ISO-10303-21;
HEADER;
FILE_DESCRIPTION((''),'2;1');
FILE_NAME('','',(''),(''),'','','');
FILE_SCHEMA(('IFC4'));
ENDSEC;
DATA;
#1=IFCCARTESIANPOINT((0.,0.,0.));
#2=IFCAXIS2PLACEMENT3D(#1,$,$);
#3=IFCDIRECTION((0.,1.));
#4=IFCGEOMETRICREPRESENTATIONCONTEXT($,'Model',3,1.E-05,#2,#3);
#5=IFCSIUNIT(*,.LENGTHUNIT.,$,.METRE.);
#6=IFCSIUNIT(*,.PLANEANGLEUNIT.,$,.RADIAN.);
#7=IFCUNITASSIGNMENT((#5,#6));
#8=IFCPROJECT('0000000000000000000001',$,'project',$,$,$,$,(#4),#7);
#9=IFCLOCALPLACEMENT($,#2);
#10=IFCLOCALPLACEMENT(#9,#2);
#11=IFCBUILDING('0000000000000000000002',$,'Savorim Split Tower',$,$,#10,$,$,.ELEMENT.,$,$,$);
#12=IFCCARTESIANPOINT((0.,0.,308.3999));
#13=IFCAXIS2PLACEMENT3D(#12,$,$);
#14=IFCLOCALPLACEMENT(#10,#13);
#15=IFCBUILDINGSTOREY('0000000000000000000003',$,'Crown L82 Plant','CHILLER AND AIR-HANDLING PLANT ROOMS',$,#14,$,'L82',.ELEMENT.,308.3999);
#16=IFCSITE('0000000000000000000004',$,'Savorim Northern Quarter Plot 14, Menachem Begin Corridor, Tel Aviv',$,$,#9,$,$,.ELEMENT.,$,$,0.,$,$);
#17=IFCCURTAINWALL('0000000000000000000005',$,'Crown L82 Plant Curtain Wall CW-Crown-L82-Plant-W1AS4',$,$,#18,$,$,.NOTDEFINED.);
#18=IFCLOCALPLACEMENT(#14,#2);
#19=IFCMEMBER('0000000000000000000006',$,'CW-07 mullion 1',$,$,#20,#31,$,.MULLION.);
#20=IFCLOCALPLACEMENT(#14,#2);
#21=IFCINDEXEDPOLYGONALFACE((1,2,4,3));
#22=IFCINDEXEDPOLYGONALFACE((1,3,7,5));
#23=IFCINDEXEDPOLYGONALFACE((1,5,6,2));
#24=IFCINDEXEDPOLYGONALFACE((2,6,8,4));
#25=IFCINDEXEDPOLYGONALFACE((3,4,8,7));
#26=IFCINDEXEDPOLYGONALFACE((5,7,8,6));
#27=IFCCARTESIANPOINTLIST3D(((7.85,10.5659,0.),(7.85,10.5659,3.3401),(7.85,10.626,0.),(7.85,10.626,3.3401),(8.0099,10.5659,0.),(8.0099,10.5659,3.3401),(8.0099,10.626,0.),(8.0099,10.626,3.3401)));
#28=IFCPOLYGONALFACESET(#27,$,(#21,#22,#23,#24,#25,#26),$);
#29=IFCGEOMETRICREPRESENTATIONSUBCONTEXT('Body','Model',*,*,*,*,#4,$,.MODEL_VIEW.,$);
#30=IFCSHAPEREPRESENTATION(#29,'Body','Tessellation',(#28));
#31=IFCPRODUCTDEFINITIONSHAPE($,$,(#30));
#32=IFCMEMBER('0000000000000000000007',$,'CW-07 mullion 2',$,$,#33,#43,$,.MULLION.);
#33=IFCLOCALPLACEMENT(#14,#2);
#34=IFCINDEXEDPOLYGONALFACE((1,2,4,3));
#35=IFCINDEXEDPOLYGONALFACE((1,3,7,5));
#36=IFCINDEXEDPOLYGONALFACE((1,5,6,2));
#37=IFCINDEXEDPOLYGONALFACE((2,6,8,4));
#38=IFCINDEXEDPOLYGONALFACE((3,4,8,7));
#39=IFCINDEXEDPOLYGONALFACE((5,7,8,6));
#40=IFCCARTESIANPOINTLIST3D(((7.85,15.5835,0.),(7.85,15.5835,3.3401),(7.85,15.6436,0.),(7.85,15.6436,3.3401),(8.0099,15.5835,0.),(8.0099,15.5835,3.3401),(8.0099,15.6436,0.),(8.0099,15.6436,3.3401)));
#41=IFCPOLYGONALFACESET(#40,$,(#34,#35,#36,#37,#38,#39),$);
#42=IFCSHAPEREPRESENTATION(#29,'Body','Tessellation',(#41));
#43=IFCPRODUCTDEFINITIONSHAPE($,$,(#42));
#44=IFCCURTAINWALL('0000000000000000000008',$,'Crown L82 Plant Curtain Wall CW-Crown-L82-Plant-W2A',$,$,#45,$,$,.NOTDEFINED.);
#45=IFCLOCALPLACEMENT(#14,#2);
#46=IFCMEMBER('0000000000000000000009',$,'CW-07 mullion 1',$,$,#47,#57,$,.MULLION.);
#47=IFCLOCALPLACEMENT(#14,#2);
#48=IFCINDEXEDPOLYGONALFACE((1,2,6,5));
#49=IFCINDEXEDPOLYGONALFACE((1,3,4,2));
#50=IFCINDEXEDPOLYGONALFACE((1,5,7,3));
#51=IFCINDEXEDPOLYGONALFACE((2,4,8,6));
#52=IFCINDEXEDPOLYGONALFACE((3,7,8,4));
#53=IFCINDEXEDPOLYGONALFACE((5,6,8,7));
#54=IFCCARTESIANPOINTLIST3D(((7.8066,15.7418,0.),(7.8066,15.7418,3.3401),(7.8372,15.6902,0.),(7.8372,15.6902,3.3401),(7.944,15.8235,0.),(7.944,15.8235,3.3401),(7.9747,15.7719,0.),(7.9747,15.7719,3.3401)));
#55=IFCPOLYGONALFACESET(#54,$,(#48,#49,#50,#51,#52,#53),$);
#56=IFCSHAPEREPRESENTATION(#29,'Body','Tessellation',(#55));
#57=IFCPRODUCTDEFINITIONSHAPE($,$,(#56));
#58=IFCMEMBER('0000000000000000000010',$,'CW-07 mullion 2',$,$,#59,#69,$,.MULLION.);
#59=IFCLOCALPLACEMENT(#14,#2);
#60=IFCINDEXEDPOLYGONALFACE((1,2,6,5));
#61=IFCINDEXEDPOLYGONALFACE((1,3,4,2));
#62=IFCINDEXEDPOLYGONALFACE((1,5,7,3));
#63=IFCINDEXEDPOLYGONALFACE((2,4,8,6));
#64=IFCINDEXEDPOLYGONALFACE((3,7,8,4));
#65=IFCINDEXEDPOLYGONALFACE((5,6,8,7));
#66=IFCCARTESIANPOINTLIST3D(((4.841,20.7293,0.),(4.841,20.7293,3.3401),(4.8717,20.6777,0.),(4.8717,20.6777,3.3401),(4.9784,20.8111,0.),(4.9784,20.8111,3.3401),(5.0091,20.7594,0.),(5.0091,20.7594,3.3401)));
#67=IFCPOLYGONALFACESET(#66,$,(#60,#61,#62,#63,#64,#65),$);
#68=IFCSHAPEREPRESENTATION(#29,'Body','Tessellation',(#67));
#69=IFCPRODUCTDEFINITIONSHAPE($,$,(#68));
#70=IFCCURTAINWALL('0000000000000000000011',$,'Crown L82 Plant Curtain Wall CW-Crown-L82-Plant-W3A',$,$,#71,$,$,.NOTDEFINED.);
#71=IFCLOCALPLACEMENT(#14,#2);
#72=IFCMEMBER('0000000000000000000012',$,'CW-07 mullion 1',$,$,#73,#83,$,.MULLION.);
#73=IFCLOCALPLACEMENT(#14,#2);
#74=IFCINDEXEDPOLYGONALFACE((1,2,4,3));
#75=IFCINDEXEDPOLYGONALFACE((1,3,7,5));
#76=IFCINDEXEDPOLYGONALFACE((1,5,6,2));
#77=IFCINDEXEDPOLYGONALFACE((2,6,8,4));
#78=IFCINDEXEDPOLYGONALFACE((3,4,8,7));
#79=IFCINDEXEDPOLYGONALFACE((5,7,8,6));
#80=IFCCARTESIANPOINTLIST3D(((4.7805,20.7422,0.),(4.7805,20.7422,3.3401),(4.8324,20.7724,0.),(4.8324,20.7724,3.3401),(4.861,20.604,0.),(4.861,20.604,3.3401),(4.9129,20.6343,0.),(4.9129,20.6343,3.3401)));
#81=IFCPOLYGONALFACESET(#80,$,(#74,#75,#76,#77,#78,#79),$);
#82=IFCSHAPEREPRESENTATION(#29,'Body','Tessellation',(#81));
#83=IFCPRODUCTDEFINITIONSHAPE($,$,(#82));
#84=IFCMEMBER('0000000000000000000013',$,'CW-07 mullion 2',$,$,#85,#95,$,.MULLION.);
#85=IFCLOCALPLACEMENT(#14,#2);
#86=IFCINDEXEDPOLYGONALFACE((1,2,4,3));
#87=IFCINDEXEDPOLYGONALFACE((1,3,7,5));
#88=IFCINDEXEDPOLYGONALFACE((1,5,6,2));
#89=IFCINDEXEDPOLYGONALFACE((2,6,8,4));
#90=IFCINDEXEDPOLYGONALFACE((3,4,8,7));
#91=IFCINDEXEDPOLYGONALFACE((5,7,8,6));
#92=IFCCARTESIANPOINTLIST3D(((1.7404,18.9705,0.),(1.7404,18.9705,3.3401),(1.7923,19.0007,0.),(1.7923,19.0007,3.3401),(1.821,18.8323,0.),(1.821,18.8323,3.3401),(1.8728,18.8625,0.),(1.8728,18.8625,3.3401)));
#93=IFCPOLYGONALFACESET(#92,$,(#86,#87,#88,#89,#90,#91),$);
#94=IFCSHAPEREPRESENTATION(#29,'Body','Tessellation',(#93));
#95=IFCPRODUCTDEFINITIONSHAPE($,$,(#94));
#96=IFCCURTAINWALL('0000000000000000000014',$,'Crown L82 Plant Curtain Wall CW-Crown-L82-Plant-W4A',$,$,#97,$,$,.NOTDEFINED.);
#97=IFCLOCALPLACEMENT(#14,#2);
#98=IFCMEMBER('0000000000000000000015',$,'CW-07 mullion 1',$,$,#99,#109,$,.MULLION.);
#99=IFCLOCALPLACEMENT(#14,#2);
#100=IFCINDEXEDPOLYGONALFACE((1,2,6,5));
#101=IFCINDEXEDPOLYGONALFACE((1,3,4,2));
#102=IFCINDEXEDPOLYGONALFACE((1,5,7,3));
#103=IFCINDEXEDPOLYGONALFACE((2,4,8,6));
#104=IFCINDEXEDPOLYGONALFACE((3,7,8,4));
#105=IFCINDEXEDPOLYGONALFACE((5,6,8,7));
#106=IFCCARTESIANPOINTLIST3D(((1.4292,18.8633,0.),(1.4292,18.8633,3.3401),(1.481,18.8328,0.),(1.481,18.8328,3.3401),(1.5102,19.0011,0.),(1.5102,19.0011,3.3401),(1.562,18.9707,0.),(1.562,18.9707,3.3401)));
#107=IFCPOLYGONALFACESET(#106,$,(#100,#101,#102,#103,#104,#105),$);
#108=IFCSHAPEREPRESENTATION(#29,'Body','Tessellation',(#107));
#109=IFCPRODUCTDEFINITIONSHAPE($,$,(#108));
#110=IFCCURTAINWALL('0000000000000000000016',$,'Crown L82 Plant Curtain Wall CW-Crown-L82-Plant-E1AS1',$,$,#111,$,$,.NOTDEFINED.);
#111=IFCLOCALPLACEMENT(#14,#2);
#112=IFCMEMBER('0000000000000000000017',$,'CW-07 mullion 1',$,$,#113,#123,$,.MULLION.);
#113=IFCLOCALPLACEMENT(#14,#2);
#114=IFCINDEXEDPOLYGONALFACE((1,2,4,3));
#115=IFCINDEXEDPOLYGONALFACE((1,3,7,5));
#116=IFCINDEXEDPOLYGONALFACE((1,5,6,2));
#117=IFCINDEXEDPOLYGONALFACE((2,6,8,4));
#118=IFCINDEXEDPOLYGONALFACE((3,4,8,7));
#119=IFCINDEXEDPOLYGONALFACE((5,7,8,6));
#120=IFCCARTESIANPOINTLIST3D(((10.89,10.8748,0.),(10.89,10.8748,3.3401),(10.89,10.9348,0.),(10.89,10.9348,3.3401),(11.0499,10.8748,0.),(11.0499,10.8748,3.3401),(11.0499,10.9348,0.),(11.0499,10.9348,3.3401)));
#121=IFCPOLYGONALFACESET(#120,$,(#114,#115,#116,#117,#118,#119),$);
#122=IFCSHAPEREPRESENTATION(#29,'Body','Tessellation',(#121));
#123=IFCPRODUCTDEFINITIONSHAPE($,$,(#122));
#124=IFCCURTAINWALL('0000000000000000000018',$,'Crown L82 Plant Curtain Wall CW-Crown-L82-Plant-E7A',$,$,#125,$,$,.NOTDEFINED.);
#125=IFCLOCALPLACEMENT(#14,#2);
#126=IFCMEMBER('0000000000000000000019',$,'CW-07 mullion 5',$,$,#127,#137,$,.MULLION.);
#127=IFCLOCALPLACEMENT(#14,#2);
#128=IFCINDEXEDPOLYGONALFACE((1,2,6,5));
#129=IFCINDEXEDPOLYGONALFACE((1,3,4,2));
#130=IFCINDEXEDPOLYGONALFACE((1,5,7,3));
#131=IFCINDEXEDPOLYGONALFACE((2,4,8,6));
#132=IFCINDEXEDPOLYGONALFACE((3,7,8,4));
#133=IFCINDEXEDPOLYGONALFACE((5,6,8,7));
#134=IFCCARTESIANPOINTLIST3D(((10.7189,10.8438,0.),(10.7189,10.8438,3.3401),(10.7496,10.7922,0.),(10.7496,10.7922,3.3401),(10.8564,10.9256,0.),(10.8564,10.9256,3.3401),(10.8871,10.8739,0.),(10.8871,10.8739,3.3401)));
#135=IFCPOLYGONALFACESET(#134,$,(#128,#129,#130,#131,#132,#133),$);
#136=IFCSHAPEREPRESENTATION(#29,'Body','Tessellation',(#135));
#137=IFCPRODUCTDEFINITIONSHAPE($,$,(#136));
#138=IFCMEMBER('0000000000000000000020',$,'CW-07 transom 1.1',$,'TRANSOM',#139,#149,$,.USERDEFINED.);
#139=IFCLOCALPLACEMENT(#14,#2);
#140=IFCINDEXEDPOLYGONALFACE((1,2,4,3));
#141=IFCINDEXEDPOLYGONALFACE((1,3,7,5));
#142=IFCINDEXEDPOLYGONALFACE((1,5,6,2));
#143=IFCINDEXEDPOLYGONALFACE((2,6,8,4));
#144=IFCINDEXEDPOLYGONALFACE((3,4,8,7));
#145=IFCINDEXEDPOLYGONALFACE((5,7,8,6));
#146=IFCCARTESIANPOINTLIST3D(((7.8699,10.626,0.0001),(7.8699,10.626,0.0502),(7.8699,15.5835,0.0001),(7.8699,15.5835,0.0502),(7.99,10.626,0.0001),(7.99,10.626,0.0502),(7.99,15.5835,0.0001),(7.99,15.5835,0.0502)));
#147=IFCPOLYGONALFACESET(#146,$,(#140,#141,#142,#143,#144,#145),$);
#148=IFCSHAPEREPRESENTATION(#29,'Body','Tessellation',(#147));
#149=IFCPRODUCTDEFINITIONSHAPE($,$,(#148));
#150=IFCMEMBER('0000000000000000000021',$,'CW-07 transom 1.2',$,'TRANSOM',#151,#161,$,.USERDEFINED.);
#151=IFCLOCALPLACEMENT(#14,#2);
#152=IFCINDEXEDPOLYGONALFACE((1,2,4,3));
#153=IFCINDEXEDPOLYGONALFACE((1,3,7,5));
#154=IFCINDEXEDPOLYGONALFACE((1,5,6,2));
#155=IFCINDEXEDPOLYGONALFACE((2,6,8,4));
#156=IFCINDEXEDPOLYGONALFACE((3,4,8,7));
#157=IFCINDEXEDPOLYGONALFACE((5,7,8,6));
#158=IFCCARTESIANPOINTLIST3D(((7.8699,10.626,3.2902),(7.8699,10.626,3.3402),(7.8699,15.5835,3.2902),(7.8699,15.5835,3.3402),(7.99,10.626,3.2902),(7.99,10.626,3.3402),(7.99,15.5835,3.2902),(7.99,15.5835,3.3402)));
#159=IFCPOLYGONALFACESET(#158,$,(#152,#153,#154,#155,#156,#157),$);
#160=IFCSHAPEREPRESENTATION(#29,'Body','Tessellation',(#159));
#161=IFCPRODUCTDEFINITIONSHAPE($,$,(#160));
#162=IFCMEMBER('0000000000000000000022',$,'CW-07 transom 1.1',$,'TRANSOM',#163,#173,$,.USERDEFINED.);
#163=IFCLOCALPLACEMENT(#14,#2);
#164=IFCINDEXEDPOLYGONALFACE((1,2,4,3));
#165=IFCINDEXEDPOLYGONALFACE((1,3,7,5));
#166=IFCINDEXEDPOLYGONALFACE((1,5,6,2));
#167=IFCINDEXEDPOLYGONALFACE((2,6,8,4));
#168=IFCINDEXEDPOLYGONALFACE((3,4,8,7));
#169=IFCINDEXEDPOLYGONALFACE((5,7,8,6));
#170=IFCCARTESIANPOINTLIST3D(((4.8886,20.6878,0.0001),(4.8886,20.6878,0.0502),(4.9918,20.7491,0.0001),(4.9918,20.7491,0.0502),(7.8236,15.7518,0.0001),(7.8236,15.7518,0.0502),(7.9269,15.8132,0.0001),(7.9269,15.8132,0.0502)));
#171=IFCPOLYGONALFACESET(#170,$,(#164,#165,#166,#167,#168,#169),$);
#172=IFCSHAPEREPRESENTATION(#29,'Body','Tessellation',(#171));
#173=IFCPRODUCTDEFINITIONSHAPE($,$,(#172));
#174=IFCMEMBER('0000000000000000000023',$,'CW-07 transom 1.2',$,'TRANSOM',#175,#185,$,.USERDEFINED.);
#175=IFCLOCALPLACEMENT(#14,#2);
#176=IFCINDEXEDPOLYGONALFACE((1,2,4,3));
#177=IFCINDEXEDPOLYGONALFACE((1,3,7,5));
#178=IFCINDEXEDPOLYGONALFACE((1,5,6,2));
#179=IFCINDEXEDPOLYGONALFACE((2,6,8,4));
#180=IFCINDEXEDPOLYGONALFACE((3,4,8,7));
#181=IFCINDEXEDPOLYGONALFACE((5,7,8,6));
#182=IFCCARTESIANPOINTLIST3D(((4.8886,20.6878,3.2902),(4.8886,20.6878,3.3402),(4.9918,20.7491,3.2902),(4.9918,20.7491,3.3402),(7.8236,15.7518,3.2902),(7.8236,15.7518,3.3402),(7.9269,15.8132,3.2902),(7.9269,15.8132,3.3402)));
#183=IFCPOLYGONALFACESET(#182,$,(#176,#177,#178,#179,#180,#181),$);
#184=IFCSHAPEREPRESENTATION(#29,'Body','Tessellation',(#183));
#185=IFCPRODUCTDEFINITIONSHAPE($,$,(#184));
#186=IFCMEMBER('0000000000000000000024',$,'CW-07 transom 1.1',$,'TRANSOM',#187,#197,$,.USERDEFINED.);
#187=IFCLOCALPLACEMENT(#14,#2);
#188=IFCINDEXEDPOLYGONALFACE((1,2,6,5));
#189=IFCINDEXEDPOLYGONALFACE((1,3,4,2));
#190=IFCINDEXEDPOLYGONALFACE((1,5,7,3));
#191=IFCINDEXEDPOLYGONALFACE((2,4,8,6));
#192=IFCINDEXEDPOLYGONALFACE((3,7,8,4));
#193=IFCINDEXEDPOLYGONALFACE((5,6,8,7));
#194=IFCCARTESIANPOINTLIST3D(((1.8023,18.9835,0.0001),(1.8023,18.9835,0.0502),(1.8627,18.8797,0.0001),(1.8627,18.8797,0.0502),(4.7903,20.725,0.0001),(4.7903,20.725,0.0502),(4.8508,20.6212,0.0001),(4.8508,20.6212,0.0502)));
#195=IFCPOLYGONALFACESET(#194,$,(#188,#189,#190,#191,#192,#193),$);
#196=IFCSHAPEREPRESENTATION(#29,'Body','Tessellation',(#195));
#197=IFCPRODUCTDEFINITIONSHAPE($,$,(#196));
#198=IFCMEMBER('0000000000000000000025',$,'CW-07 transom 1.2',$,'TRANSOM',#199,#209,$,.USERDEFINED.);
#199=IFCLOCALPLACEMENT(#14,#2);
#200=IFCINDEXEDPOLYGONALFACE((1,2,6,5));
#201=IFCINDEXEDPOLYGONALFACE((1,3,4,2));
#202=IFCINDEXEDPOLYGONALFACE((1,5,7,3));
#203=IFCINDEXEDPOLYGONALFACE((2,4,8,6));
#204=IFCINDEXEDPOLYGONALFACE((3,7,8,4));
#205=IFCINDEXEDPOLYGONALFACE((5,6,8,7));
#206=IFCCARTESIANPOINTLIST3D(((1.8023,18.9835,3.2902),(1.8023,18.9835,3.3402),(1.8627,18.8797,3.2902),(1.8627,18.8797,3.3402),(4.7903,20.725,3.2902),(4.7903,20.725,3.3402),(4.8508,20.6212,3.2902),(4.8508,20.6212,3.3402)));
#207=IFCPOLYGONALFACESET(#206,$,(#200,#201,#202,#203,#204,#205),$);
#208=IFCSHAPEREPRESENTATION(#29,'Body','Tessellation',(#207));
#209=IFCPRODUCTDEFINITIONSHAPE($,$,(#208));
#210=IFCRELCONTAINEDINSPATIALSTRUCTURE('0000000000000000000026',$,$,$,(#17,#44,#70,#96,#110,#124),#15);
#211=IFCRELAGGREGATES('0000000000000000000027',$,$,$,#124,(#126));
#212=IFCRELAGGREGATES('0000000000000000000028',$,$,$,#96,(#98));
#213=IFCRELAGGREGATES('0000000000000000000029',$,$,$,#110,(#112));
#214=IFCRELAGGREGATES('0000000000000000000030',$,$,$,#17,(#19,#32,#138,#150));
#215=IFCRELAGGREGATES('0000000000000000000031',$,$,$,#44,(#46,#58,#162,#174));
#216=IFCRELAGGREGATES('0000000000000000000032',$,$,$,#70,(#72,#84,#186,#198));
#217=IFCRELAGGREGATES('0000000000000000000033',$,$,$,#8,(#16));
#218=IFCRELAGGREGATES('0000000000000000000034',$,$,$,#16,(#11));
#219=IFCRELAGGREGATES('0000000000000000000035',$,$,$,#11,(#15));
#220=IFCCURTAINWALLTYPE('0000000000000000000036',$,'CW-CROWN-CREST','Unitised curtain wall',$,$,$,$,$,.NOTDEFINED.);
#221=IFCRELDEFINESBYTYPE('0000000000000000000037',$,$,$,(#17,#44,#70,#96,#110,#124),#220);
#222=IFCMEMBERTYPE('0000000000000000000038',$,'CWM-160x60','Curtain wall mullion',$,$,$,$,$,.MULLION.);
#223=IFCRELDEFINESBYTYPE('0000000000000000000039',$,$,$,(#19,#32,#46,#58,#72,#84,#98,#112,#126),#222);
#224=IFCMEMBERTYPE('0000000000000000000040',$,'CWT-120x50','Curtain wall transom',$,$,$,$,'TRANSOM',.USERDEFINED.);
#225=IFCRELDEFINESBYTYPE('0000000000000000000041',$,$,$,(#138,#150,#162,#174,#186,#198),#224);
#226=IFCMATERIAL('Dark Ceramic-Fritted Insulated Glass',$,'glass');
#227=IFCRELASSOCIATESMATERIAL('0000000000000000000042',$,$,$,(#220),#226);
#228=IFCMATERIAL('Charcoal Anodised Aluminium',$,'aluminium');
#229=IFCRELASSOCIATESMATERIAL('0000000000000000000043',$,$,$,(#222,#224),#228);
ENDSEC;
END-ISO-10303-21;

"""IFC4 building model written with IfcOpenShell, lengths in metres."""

from ifc_helpers import new_model, si_unit, direction, frame, origin, origin_2d, place, context, subcontext, project, spatial, rectangle, extrude, material, material_profile, profile_set, type_object, element, aggregate, save


model = new_model("IFC4")

# Units and contexts
model_context = context("Model", 3, precision=1e-05, world=origin(), true_north=direction((0.0, 1.0)))
body_context = subcontext(model_context, "Body", "Model", "MODEL_VIEW")
ifc_project = project(units=[si_unit("LENGTHUNIT", "METRE"), si_unit("PLANEANGLEUNIT", "RADIAN")], contexts=[model_context])

# Site, building, storey
site_placement = place(None, origin())
site = spatial("IfcSite", under=ifc_project, at=site_placement, Name="Savorim Northern Quarter Plot 14, Menachem Begin Corridor, Tel Aviv", CompositionType="ELEMENT", RefElevation=0.0)
building_placement = place(site_placement, origin())
building = spatial("IfcBuilding", under=site, at=building_placement, Name="Savorim Split Tower", CompositionType="ELEMENT")
storey_placement = place(building_placement, frame((0.0, 0.0, 308.3999)))
storey = spatial("IfcBuildingStorey", under=building, at=storey_placement, Name="Crown L82 Plant", Description="CHILLER AND AIR-HANDLING PLANT ROOMS", LongName="L82", CompositionType="ELEMENT", Elevation=308.3999)

# Curtain walls, members
ifc_material_1 = material(Name="Dark Ceramic-Fritted Insulated Glass", Category="glass")
curtain_wall_type = type_object("IfcCurtainWallType", Name="CW-CROWN-CREST", Description="Unitised curtain wall", PredefinedType="NOTDEFINED", material=ifc_material_1)
curtain_wall_1_placement = place(storey_placement, origin())
curtain_wall_1 = element("IfcCurtainWall", 1, at=curtain_wall_1_placement, inside=storey, type_object=curtain_wall_type, Name="Crown L82 Plant Curtain Wall CW-Crown-L82-Plant-W1AS4", PredefinedType="NOTDEFINED")
ifc_material_2 = material(Name="Charcoal Anodised Aluminium", Category="aluminium")
ifc_material_profile_1 = material_profile(ifc_material_2, rectangle(XDim=0.1599, YDim=0.0601, at=origin_2d()), Name="ALU-M 160x60")
ifc_profile_set_1 = profile_set([ifc_material_profile_1], Name="Charcoal Anodised Aluminium")
member_type_1 = type_object("IfcMemberType", Name="CWM-160x60", Description="Curtain wall mullion", PredefinedType="MULLION", material=ifc_profile_set_1)
member_1_placement = place(storey_placement, frame((7.9299, 10.5959, 0.0), z_axis=(0.0, 0.0, 1.0), x_axis=(-1.0, 0.0, 0.0)))
member_1 = element("IfcMember", 2, at=member_1_placement, type_object=member_type_1, Name="CW-07 mullion 1", PredefinedType="MULLION", context=body_context, shape_type="SweptSolid", body=[
    extrude(rectangle(XDim=0.1599, YDim=0.0601, at=origin_2d()), origin(), (0.0, 0.0, 1.0), 3.3401),
])
member_2_placement = place(storey_placement, frame((7.9299, 15.6135, 0.0), z_axis=(0.0, 0.0, 1.0), x_axis=(-1.0, 0.0, 0.0)))
member_2 = element("IfcMember", 3, at=member_2_placement, type_object=member_type_1, Name="CW-07 mullion 2", PredefinedType="MULLION", context=body_context, shape_type="SweptSolid", body=[
    extrude(rectangle(XDim=0.1599, YDim=0.0601, at=origin_2d()), origin(), (0.0, 0.0, 1.0), 3.3401),
])
curtain_wall_2_placement = place(storey_placement, origin())
curtain_wall_2 = element("IfcCurtainWall", 4, at=curtain_wall_2_placement, inside=storey, type_object=curtain_wall_type, Name="Crown L82 Plant Curtain Wall CW-Crown-L82-Plant-W2A", PredefinedType="NOTDEFINED")
member_3_placement = place(storey_placement, frame((7.8906, 15.7568, 0.0), z_axis=(0.0, 0.0, 1.0), x_axis=(-0.859523, -0.511098, 0.0)))
member_3 = element("IfcMember", 5, at=member_3_placement, type_object=member_type_1, Name="CW-07 mullion 1", PredefinedType="MULLION", context=body_context, shape_type="SweptSolid", body=[
    extrude(rectangle(XDim=0.1599, YDim=0.0601, at=origin_2d()), origin(), (0.0, 0.0, 1.0), 3.3401),
])
member_4_placement = place(storey_placement, frame((4.925, 20.7444, 0.0), z_axis=(0.0, 0.0, 1.0), x_axis=(-0.859523, -0.511098, 0.0)))
member_4 = element("IfcMember", 6, at=member_4_placement, type_object=member_type_1, Name="CW-07 mullion 2", PredefinedType="MULLION", context=body_context, shape_type="SweptSolid", body=[
    extrude(rectangle(XDim=0.1599, YDim=0.0601, at=origin_2d()), origin(), (0.0, 0.0, 1.0), 3.3401),
])
curtain_wall_3_placement = place(storey_placement, origin())
curtain_wall_3 = element("IfcCurtainWall", 7, at=curtain_wall_3_placement, inside=storey, type_object=curtain_wall_type, Name="Crown L82 Plant Curtain Wall CW-Crown-L82-Plant-W3A", PredefinedType="NOTDEFINED")
member_5_placement = place(storey_placement, frame((4.8467, 20.6882, 0.0), z_axis=(0.0, 0.0, 1.0), x_axis=(0.503527, -0.86398, 0.0)))
member_5 = element("IfcMember", 8, at=member_5_placement, type_object=member_type_1, Name="CW-07 mullion 1", PredefinedType="MULLION", context=body_context, shape_type="SweptSolid", body=[
    extrude(rectangle(XDim=0.1599, YDim=0.0601, at=origin_2d()), origin(), (0.0, 0.0, 1.0), 3.3401),
])
member_6_placement = place(storey_placement, frame((1.8066, 18.9165, 0.0), z_axis=(0.0, 0.0, 1.0), x_axis=(0.503527, -0.86398, 0.0)))
member_6 = element("IfcMember", 9, at=member_6_placement, type_object=member_type_1, Name="CW-07 mullion 2", PredefinedType="MULLION", context=body_context, shape_type="SweptSolid", body=[
    extrude(rectangle(XDim=0.1599, YDim=0.0601, at=origin_2d()), origin(), (0.0, 0.0, 1.0), 3.3401),
])

# Curtain walls, members
curtain_wall_4_placement = place(storey_placement, origin())
curtain_wall_4 = element("IfcCurtainWall", 10, at=curtain_wall_4_placement, inside=storey, type_object=curtain_wall_type, Name="Crown L82 Plant Curtain Wall CW-Crown-L82-Plant-W4A", PredefinedType="NOTDEFINED")
member_7_placement = place(storey_placement, frame((1.4956, 18.917, 0.0), z_axis=(0.0, 0.0, 1.0), x_axis=(-0.506705, -0.862119, 0.0)))
member_7 = element("IfcMember", 11, at=member_7_placement, type_object=member_type_1, Name="CW-07 mullion 1", PredefinedType="MULLION", context=body_context, shape_type="SweptSolid", body=[
    extrude(rectangle(XDim=0.1599, YDim=0.0601, at=origin_2d()), origin(), (0.0, 0.0, 1.0), 3.3401),
])
curtain_wall_5_placement = place(storey_placement, origin())
curtain_wall_5 = element("IfcCurtainWall", 12, at=curtain_wall_5_placement, inside=storey, type_object=curtain_wall_type, Name="Crown L82 Plant Curtain Wall CW-Crown-L82-Plant-E1AS1", PredefinedType="NOTDEFINED")
member_8_placement = place(storey_placement, frame((10.97, 10.9048, 0.0), z_axis=(0.0, 0.0, 1.0), x_axis=(1.0, 0.0, 0.0)))
member_8 = element("IfcMember", 13, at=member_8_placement, type_object=member_type_1, Name="CW-07 mullion 1", PredefinedType="MULLION", context=body_context, shape_type="SweptSolid", body=[
    extrude(rectangle(XDim=0.1599, YDim=0.0601, at=origin_2d()), origin(), (0.0, 0.0, 1.0), 3.3401),
])
curtain_wall_6_placement = place(storey_placement, origin())
curtain_wall_6 = element("IfcCurtainWall", 14, at=curtain_wall_6_placement, inside=storey, type_object=curtain_wall_type, Name="Crown L82 Plant Curtain Wall CW-Crown-L82-Plant-E7A", PredefinedType="NOTDEFINED")
member_9_placement = place(storey_placement, frame((10.803, 10.8589, 0.0), z_axis=(0.0, 0.0, 1.0), x_axis=(-0.859524, -0.511095, 0.0)))
member_9 = element("IfcMember", 15, at=member_9_placement, type_object=member_type_1, Name="CW-07 mullion 5", PredefinedType="MULLION", context=body_context, shape_type="SweptSolid", body=[
    extrude(rectangle(XDim=0.1599, YDim=0.0601, at=origin_2d()), origin(), (0.0, 0.0, 1.0), 3.3401),
])
aggregate(curtain_wall_6, [member_9])

# Members
ifc_material_profile_2 = material_profile(ifc_material_2, rectangle(XDim=0.1201, YDim=0.05, at=origin_2d()), Name="ALU-T 120x50")
ifc_profile_set_2 = profile_set([ifc_material_profile_2], Name="Charcoal Anodised Aluminium")
member_type_2 = type_object("IfcMemberType", Name="CWT-120x50", Description="Curtain wall transom", ElementType="TRANSOM", PredefinedType="USERDEFINED", material=ifc_profile_set_2)
member_10_placement = place(storey_placement, frame((7.9299, 10.626, 0.0251), z_axis=(0.0, 1.0, 0.0), x_axis=(-1.0, 0.0, 0.0)))
member_10 = element("IfcMember", 16, at=member_10_placement, type_object=member_type_2, Name="CW-07 transom 1.1", ObjectType="TRANSOM", PredefinedType="USERDEFINED", context=body_context, shape_type="SweptSolid", body=[
    extrude(rectangle(XDim=0.1201, YDim=0.05, at=origin_2d()), origin(), (0.0, 0.0, 1.0), 4.9575),
])
member_11_placement = place(storey_placement, frame((7.9299, 10.626, 3.3152), z_axis=(0.0, 1.0, 0.0), x_axis=(-1.0, 0.0, 0.0)))
member_11 = element("IfcMember", 17, at=member_11_placement, type_object=member_type_2, Name="CW-07 transom 1.2", ObjectType="TRANSOM", PredefinedType="USERDEFINED", context=body_context, shape_type="SweptSolid", body=[
    extrude(rectangle(XDim=0.1201, YDim=0.05, at=origin_2d()), origin(), (0.0, 0.0, 1.0), 4.9575),
])
member_12_placement = place(storey_placement, frame((7.8752, 15.7825, 0.0251), z_axis=(-0.511091, 0.859527, 0.0), x_axis=(-0.859527, -0.511091, 0.0)))
member_12 = element("IfcMember", 18, at=member_12_placement, type_object=member_type_2, Name="CW-07 transom 1.1", ObjectType="TRANSOM", PredefinedType="USERDEFINED", context=body_context, shape_type="SweptSolid", body=[
    extrude(rectangle(XDim=0.1201, YDim=0.05, at=origin_2d()), origin(), (0.0, 0.0, 1.0), 5.7427),
])
member_13_placement = place(storey_placement, frame((7.8752, 15.7825, 3.3152), z_axis=(-0.511091, 0.859527, 0.0), x_axis=(-0.859527, -0.511091, 0.0)))
member_13 = element("IfcMember", 19, at=member_13_placement, type_object=member_type_2, Name="CW-07 transom 1.2", ObjectType="TRANSOM", PredefinedType="USERDEFINED", context=body_context, shape_type="SweptSolid", body=[
    extrude(rectangle(XDim=0.1201, YDim=0.05, at=origin_2d()), origin(), (0.0, 0.0, 1.0), 5.7427),
])
member_14_placement = place(storey_placement, frame((4.8206, 20.6731, 0.0251), z_axis=(-0.863976, -0.503533, 0.0), x_axis=(0.503533, -0.863976, 0.0)))
member_14 = element("IfcMember", 20, at=member_14_placement, type_object=member_type_2, Name="CW-07 transom 1.1", ObjectType="TRANSOM", PredefinedType="USERDEFINED", context=body_context, shape_type="SweptSolid", body=[
    extrude(rectangle(XDim=0.1201, YDim=0.05, at=origin_2d()), origin(), (0.0, 0.0, 1.0), 3.4585),
])
member_15_placement = place(storey_placement, frame((4.8206, 20.6731, 3.3152), z_axis=(-0.863976, -0.503533, 0.0), x_axis=(0.503533, -0.863976, 0.0)))
member_15 = element("IfcMember", 21, at=member_15_placement, type_object=member_type_2, Name="CW-07 transom 1.2", ObjectType="TRANSOM", PredefinedType="USERDEFINED", context=body_context, shape_type="SweptSolid", body=[
    extrude(rectangle(XDim=0.1201, YDim=0.05, at=origin_2d()), origin(), (0.0, 0.0, 1.0), 3.4585),
])
aggregate(curtain_wall_4, [member_7])
aggregate(curtain_wall_5, [member_8])

aggregate(curtain_wall_1, [member_1, member_2, member_10, member_11])
aggregate(curtain_wall_2, [member_3, member_4, member_12, member_13])
aggregate(curtain_wall_3, [member_5, member_6, member_14, member_15])

save(model, "model.ifc")
